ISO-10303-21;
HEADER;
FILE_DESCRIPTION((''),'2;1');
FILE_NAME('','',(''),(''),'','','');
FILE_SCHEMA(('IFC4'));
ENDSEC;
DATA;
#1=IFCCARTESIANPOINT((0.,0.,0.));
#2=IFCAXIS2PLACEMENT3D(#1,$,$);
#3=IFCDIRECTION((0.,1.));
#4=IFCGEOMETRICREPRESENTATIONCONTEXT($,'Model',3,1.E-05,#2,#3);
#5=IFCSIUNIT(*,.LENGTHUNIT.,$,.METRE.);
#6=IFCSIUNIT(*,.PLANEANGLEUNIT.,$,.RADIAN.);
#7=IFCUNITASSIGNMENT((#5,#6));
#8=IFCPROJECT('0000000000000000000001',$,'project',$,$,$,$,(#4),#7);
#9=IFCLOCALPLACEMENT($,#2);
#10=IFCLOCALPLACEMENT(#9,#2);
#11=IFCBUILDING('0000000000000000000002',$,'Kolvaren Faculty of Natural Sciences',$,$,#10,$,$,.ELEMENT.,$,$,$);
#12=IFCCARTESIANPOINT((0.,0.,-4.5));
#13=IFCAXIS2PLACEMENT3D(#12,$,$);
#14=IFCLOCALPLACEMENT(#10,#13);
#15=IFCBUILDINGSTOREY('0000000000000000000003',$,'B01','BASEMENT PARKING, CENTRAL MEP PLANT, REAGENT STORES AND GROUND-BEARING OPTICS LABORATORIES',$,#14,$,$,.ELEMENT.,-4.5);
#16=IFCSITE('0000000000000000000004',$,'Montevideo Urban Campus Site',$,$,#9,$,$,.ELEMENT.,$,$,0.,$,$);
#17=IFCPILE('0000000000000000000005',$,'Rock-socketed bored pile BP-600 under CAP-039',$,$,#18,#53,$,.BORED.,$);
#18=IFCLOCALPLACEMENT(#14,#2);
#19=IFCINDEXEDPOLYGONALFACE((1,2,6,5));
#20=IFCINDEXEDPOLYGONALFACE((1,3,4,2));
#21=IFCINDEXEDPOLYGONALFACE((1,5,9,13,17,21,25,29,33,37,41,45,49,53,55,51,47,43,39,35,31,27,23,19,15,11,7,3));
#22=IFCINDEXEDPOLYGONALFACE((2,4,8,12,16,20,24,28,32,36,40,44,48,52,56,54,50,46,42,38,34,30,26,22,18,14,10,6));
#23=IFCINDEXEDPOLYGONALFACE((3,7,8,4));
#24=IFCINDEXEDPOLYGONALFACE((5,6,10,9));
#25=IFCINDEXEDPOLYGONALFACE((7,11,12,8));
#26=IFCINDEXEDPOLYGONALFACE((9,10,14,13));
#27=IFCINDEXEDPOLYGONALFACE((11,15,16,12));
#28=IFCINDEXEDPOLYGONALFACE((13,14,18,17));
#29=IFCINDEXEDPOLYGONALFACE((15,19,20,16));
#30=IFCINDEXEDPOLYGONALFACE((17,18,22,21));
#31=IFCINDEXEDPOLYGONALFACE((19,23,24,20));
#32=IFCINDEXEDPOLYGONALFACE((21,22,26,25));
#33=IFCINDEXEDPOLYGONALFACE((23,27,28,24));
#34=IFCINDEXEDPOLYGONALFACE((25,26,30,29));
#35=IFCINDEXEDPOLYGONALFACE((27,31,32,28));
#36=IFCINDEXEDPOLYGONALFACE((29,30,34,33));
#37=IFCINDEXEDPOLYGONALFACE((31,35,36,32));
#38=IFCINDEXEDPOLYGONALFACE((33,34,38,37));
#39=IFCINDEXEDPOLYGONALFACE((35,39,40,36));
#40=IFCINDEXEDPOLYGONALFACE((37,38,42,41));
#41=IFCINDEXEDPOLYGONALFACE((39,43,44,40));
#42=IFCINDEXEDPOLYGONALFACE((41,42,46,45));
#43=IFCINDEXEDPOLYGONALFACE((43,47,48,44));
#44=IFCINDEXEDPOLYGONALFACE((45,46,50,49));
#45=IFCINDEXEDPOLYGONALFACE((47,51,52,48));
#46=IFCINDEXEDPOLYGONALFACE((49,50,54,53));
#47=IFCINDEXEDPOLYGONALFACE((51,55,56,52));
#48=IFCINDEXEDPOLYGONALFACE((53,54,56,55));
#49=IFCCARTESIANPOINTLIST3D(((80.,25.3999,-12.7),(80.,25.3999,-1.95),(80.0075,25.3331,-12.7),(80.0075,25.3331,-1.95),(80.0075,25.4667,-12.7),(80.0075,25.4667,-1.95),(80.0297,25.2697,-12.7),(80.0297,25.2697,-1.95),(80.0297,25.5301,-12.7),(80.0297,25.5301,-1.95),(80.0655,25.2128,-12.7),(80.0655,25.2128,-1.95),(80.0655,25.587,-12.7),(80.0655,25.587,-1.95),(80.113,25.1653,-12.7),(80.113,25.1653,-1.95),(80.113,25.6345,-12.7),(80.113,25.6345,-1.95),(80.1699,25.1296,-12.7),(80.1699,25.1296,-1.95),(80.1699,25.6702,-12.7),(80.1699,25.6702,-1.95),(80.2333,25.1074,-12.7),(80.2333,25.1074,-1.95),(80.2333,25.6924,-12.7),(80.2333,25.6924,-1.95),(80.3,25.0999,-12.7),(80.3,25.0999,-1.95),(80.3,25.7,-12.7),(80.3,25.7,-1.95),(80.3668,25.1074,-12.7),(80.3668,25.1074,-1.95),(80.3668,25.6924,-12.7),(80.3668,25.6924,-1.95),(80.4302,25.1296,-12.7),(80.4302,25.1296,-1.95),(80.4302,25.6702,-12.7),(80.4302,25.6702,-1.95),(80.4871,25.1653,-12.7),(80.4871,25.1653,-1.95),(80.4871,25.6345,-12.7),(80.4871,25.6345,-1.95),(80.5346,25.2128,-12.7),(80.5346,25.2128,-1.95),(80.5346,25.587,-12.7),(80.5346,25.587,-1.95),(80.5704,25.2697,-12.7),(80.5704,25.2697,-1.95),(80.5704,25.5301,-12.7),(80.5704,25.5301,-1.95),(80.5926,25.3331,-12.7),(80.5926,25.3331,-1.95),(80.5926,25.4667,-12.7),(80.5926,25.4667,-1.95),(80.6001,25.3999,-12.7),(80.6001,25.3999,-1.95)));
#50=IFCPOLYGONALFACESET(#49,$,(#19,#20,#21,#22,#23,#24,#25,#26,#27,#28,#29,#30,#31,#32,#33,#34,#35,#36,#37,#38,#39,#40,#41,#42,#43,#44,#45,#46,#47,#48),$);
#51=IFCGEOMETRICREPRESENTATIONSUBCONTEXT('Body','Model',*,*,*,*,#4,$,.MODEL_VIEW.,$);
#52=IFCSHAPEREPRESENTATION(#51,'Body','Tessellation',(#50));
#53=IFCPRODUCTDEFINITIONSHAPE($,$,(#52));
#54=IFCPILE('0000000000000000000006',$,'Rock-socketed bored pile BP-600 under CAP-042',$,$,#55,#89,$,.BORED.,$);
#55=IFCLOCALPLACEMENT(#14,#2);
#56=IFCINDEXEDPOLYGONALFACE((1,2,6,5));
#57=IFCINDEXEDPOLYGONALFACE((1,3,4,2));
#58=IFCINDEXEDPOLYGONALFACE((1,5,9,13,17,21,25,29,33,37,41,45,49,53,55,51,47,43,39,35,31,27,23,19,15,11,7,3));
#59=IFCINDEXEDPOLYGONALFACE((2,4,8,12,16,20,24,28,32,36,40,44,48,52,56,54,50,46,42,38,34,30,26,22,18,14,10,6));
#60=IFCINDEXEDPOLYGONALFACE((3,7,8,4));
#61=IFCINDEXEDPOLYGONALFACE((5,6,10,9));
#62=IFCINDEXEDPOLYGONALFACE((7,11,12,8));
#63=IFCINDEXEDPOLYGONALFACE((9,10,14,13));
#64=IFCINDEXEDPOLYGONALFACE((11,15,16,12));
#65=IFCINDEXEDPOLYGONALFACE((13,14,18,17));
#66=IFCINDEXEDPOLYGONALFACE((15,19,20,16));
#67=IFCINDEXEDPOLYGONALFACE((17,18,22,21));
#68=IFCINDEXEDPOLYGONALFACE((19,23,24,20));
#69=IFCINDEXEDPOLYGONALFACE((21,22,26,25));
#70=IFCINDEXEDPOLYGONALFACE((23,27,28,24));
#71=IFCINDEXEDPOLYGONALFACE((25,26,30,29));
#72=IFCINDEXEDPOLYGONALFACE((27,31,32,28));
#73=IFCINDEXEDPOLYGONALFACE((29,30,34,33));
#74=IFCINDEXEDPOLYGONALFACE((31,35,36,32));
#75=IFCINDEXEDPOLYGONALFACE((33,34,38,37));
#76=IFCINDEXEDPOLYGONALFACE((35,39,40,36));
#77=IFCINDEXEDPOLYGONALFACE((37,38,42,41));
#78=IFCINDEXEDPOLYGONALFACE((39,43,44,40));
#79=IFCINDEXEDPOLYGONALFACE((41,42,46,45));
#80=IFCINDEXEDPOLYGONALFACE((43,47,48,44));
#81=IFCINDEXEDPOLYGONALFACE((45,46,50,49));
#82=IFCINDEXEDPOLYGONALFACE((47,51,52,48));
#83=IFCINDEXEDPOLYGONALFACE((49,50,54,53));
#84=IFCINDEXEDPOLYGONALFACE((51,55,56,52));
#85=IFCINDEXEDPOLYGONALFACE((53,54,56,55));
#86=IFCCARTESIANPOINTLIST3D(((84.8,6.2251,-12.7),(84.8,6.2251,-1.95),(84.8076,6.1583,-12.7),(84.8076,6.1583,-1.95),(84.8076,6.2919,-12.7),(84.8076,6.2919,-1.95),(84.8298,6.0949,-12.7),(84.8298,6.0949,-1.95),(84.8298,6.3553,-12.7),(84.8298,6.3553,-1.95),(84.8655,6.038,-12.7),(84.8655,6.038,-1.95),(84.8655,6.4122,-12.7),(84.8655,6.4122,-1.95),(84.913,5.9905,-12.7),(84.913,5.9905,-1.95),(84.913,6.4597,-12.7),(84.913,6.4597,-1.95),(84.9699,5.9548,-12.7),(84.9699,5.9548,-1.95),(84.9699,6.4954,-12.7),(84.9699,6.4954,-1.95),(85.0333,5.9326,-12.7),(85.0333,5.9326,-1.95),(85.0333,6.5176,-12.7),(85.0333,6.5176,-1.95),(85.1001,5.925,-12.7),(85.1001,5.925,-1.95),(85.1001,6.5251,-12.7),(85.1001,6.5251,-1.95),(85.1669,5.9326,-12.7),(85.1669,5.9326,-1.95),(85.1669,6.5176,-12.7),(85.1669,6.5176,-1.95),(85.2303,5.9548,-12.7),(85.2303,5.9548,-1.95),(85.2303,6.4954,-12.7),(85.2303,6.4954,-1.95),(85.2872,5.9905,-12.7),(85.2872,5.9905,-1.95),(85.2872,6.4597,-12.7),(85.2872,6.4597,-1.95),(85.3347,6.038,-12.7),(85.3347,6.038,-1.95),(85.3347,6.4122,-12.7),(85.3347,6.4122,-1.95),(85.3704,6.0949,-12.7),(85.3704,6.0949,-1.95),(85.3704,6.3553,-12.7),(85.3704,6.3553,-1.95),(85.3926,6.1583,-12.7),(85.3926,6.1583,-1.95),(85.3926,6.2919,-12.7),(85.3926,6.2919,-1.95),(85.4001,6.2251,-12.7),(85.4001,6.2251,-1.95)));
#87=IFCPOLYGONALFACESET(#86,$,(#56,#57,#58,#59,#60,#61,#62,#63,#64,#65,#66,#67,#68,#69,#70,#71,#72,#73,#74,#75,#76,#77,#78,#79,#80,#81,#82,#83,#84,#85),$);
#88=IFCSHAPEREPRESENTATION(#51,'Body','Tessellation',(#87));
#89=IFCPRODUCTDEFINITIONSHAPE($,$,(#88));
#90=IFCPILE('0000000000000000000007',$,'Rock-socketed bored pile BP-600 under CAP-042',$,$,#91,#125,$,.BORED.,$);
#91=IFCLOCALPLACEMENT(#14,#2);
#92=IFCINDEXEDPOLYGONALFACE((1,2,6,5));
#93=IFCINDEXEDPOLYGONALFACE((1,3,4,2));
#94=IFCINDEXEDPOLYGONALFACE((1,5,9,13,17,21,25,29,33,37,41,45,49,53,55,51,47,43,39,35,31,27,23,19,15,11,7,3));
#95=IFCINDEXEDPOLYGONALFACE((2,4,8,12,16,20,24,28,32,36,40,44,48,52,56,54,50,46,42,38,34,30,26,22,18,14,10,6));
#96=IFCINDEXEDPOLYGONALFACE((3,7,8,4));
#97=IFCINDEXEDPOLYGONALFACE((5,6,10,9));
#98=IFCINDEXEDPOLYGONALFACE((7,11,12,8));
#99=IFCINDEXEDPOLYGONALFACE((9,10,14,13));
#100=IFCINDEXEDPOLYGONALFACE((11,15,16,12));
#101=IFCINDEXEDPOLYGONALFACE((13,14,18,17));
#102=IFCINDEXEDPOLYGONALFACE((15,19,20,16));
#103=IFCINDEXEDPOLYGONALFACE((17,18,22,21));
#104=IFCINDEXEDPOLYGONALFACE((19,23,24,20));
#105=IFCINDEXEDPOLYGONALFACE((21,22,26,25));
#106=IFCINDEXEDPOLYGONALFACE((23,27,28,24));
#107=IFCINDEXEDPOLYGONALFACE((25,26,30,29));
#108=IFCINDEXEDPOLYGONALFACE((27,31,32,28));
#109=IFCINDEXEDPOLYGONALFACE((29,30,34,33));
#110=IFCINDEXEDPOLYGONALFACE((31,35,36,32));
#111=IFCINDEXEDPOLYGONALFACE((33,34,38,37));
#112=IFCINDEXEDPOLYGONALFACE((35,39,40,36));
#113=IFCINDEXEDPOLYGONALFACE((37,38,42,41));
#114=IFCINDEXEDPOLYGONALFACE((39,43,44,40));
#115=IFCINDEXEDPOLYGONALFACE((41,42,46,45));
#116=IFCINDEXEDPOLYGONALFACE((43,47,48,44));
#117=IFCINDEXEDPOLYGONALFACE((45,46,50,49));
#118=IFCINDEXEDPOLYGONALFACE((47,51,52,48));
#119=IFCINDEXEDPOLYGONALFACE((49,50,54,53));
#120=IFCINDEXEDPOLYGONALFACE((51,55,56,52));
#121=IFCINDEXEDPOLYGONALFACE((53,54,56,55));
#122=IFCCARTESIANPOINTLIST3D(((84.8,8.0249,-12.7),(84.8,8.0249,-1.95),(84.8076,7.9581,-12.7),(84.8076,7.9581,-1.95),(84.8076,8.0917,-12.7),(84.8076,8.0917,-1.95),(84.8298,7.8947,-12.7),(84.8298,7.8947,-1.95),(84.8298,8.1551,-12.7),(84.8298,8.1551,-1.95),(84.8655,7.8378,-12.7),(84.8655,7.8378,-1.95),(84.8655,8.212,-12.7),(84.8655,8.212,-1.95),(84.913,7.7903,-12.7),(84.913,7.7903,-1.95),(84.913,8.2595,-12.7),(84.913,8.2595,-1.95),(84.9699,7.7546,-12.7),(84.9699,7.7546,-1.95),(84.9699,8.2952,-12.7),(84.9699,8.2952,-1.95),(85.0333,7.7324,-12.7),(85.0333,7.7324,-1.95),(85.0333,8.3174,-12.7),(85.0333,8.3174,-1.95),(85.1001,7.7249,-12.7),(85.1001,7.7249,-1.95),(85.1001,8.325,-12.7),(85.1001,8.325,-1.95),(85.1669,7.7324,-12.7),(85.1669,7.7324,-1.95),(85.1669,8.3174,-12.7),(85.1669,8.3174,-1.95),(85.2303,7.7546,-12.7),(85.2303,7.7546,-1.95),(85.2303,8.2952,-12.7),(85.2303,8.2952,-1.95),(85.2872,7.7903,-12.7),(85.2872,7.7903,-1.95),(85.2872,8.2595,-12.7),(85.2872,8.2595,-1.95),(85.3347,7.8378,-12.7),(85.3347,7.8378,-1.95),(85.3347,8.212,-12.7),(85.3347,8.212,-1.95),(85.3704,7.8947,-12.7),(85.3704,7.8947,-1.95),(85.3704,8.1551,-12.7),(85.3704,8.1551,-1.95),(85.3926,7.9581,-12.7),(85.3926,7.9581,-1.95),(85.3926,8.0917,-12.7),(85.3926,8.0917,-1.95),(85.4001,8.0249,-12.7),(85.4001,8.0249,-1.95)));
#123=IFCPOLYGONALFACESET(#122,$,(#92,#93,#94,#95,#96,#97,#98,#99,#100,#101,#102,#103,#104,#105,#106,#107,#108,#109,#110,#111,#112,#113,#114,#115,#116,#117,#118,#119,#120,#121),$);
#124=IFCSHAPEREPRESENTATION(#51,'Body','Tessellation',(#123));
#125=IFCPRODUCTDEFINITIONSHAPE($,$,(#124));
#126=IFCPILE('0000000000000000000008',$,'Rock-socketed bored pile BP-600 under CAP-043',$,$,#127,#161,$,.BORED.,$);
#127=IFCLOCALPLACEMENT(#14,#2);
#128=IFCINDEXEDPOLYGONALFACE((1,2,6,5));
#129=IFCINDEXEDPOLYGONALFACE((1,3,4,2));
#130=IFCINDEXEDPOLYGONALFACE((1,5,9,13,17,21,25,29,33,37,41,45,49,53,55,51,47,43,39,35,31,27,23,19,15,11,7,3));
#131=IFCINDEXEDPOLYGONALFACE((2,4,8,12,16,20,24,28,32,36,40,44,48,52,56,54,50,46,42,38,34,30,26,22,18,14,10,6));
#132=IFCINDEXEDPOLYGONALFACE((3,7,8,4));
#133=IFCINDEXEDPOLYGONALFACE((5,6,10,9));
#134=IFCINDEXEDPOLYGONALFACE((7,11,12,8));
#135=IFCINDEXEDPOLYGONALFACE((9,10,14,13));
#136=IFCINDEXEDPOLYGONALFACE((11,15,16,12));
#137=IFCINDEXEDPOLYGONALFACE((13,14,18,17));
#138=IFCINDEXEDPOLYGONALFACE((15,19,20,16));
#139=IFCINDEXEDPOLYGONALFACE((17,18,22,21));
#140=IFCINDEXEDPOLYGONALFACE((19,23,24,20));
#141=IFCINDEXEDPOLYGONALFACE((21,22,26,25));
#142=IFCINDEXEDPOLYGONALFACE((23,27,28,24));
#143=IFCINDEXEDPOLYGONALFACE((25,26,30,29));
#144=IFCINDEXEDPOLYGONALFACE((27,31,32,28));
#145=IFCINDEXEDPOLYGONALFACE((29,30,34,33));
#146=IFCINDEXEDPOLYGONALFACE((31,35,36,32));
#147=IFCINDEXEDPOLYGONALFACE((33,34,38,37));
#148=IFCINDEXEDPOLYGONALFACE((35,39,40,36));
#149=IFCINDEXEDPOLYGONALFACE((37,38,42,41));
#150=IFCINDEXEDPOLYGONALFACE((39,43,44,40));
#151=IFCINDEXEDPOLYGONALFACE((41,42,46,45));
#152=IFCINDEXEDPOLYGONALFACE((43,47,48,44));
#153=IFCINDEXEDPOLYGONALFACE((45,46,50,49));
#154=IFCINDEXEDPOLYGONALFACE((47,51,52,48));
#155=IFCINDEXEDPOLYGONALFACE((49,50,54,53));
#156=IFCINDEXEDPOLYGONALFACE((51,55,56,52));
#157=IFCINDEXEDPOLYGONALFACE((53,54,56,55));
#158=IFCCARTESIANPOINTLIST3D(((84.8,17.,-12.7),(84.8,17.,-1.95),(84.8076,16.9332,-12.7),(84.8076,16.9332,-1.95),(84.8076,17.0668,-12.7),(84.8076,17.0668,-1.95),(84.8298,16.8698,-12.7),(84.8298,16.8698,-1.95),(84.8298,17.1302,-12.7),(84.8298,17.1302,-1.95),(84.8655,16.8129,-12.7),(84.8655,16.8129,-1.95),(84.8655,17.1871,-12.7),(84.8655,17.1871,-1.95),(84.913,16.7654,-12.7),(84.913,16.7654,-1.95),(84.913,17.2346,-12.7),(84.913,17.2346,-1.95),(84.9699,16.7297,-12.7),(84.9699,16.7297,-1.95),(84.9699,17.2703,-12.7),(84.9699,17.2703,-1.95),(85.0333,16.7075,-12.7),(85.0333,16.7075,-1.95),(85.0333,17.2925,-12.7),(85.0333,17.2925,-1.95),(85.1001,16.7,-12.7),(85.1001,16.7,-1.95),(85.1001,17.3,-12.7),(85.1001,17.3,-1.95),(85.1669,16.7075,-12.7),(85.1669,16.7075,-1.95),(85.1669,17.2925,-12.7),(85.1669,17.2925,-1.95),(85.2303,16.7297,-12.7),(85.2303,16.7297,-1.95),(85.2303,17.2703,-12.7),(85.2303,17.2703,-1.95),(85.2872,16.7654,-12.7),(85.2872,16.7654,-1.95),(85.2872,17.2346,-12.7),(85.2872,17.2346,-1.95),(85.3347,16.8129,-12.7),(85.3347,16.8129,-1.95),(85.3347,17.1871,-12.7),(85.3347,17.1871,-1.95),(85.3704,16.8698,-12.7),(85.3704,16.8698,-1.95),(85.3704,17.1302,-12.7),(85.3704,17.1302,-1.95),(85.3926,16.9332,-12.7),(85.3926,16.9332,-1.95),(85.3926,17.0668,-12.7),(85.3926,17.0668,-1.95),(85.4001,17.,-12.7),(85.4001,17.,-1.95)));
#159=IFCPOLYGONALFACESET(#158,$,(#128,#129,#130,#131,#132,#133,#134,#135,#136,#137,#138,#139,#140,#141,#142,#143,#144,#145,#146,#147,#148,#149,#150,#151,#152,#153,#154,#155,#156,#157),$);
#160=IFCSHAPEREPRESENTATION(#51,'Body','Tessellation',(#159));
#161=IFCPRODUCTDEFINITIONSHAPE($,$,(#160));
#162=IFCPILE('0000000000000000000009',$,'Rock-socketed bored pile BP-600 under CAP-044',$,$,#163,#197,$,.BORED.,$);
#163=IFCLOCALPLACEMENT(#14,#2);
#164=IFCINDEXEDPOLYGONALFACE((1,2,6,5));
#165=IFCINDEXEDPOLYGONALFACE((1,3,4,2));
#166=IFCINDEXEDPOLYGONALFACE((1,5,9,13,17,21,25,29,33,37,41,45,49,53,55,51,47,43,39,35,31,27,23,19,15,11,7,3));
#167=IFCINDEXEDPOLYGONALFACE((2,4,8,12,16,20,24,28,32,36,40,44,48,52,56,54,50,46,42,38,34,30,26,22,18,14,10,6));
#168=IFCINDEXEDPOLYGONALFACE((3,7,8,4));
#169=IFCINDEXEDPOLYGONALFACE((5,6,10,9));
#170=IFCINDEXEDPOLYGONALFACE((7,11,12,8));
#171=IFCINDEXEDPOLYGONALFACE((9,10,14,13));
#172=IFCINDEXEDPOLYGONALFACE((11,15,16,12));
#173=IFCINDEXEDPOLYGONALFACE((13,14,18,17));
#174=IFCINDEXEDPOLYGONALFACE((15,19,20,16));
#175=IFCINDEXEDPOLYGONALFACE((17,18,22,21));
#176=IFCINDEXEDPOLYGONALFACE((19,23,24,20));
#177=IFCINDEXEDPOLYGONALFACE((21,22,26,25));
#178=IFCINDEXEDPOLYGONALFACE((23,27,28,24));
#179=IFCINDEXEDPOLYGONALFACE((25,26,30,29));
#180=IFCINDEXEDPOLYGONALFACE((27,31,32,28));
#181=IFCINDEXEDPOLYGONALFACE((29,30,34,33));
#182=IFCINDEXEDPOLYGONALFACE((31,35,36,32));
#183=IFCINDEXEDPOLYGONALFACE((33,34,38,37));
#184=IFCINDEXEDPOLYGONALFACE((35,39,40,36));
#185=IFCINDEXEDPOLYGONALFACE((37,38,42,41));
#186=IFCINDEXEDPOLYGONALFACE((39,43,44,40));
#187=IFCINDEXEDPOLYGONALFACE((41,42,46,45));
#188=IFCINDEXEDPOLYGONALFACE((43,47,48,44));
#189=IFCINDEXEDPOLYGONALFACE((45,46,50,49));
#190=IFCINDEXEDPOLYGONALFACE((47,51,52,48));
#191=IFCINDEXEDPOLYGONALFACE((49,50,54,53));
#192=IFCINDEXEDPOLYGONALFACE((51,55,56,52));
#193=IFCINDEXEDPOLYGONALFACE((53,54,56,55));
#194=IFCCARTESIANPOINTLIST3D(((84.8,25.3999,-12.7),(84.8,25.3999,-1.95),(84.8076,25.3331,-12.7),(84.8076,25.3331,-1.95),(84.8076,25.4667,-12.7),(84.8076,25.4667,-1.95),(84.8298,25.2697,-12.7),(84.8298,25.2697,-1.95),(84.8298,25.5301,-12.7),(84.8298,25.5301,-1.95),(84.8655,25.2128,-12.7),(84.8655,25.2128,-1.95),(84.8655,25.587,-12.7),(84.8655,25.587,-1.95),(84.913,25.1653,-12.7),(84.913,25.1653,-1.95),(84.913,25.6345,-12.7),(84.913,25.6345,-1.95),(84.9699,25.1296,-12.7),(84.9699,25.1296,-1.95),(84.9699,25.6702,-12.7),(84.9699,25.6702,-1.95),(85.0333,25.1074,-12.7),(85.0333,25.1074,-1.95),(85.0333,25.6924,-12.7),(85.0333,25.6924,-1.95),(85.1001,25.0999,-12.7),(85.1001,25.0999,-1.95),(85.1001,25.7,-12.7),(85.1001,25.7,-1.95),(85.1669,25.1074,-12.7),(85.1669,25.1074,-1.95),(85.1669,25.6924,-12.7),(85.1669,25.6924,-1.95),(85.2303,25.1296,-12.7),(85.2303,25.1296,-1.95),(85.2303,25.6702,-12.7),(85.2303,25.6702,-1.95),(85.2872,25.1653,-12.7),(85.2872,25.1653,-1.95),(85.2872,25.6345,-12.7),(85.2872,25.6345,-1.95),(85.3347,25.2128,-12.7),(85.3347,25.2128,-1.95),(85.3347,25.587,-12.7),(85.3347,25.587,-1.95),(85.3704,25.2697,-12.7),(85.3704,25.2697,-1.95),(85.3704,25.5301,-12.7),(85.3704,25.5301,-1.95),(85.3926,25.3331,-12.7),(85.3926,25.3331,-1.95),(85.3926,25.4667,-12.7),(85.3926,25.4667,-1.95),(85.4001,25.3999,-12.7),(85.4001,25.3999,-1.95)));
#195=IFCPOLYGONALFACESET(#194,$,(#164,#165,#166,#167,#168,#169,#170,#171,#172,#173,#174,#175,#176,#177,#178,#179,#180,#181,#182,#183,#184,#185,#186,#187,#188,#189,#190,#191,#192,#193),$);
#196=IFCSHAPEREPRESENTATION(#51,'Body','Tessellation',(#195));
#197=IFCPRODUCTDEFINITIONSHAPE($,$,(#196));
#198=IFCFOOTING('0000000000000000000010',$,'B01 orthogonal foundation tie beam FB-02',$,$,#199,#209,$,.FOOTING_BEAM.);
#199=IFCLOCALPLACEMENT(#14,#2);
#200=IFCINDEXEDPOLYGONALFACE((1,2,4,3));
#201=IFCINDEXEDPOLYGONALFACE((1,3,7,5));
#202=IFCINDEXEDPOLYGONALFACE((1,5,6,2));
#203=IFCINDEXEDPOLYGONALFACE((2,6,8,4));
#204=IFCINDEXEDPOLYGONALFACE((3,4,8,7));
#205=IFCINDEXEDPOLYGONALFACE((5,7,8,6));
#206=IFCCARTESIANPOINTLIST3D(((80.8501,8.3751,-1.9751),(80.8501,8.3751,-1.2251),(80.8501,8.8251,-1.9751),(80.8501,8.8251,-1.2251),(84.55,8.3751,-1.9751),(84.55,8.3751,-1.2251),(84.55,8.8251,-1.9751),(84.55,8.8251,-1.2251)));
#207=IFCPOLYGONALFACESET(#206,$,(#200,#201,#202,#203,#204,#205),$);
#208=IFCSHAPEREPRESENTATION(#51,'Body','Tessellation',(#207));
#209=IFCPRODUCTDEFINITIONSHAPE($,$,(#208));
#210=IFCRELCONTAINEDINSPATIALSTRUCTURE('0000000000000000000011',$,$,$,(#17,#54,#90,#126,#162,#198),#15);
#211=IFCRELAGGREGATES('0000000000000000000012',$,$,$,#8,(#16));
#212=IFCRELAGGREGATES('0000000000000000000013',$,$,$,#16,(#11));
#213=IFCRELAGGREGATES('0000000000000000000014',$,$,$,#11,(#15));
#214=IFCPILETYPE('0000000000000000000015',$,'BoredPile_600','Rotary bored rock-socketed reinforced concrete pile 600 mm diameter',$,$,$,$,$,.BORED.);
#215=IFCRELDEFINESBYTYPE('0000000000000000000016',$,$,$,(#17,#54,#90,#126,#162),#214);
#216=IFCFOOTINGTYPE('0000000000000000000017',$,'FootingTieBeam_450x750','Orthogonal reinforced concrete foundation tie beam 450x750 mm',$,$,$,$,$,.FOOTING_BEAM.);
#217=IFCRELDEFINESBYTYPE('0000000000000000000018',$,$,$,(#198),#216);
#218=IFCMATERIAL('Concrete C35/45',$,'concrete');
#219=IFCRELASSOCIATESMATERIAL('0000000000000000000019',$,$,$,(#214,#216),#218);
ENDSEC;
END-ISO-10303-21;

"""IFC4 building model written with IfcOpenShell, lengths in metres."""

from ifc_helpers import new_model, si_unit, direction, frame, origin, origin_2d, place, context, subcontext, project, spatial, rectangle, circle, extrude, material, material_profile, profile_set, type_object, element, save


model = new_model("IFC4")

# Units and contexts
model_context = context("Model", 3, precision=1e-05, world=origin(), true_north=direction((0.0, 1.0)))
body_context = subcontext(model_context, "Body", "Model", "MODEL_VIEW")
ifc_project = project(units=[si_unit("LENGTHUNIT", "METRE"), si_unit("PLANEANGLEUNIT", "RADIAN")], contexts=[model_context])

# Site, building, storey
site_placement = place(None, origin())
site = spatial("IfcSite", under=ifc_project, at=site_placement, Name="Montevideo Urban Campus Site", CompositionType="ELEMENT", RefElevation=0.0)
building_placement = place(site_placement, origin())
building = spatial("IfcBuilding", under=site, at=building_placement, Name="Kolvaren Faculty of Natural Sciences", CompositionType="ELEMENT")
storey_placement = place(building_placement, frame((0.0, 0.0, -4.5)))
storey = spatial("IfcBuildingStorey", under=building, at=storey_placement, Name="B01", Description="BASEMENT PARKING, CENTRAL MEP PLANT, REAGENT STORES AND GROUND-BEARING OPTICS LABORATORIES", CompositionType="ELEMENT", Elevation=-4.5)

# Piles
ifc_material_1 = material(Name="Concrete C35/45", Category="concrete")
ifc_material_profile_1 = material_profile(ifc_material_1, circle(Radius=0.3, at=origin_2d()), Name="PILE D600")
ifc_profile_set_1 = profile_set([ifc_material_profile_1], Name="Concrete C35/45")
pile_type = type_object("IfcPileType", Name="BoredPile_600", Description="Rotary bored rock-socketed reinforced concrete pile 600 mm diameter", PredefinedType="BORED", material=ifc_profile_set_1)
for number, where, z_axis, x_axis, name in (
    (1, (80.3, 25.3999, -1.95), (0.0, 0.0, -1.0), (1.0, 0.0, 0.0), "Rock-socketed bored pile BP-600 under CAP-039"),
    (2, (85.1001, 6.2251, -1.95), (0.0, 0.0, -1.0), (1.0, 0.0, 0.0), "Rock-socketed bored pile BP-600 under CAP-042"),
    (3, (85.1001, 8.0249, -1.95), (0.0, 0.0, -1.0), (1.0, 0.0, 0.0), "Rock-socketed bored pile BP-600 under CAP-042"),
    (4, (85.1001, 17.0, -1.95), (0.0, 0.0, -1.0), (1.0, 0.0, 0.0), "Rock-socketed bored pile BP-600 under CAP-043"),
    (5, (85.1001, 25.3999, -1.95), (0.0, 0.0, -1.0), (1.0, 0.0, 0.0), "Rock-socketed bored pile BP-600 under CAP-044"),
):
    element("IfcPile", number, at=place(storey_placement, frame(where, z_axis=z_axis, x_axis=x_axis)), inside=storey, type_object=pile_type, Name=name, PredefinedType="BORED", context=body_context, shape_type="SweptSolid", body=[
        extrude(circle(Radius=0.3, at=origin_2d()), origin(), (0.0, 0.0, 1.0), 10.75),
    ])

# Footing
ifc_material_profile_2 = material_profile(ifc_material_1, rectangle(XDim=0.45, YDim=0.75, at=origin_2d()), Name="RC FB 450x750")
ifc_profile_set_2 = profile_set([ifc_material_profile_2], Name="Concrete C35/45")
footing_type_1 = type_object("IfcFootingType", Name="FootingTieBeam_450x750", Description="Orthogonal reinforced concrete foundation tie beam 450x750 mm", PredefinedType="FOOTING_BEAM", material=ifc_profile_set_2)
for number, where, z_axis, x_axis, name in (
    (6, (80.8501, 8.6001, -1.6001), (1.0, 0.0, 0.0), (0.0, 1.0, 0.0), "B01 orthogonal foundation tie beam FB-02"),
):
    element("IfcFooting", number, at=place(storey_placement, frame(where, z_axis=z_axis, x_axis=x_axis)), inside=storey, type_object=footing_type_1, Name=name, PredefinedType="FOOTING_BEAM", context=body_context, shape_type="SweptSolid", body=[
        extrude(rectangle(XDim=0.45, YDim=0.75, at=origin_2d()), origin(), (0.0, 0.0, 1.0), 3.7),
    ])

save(model, "model.ifc")
